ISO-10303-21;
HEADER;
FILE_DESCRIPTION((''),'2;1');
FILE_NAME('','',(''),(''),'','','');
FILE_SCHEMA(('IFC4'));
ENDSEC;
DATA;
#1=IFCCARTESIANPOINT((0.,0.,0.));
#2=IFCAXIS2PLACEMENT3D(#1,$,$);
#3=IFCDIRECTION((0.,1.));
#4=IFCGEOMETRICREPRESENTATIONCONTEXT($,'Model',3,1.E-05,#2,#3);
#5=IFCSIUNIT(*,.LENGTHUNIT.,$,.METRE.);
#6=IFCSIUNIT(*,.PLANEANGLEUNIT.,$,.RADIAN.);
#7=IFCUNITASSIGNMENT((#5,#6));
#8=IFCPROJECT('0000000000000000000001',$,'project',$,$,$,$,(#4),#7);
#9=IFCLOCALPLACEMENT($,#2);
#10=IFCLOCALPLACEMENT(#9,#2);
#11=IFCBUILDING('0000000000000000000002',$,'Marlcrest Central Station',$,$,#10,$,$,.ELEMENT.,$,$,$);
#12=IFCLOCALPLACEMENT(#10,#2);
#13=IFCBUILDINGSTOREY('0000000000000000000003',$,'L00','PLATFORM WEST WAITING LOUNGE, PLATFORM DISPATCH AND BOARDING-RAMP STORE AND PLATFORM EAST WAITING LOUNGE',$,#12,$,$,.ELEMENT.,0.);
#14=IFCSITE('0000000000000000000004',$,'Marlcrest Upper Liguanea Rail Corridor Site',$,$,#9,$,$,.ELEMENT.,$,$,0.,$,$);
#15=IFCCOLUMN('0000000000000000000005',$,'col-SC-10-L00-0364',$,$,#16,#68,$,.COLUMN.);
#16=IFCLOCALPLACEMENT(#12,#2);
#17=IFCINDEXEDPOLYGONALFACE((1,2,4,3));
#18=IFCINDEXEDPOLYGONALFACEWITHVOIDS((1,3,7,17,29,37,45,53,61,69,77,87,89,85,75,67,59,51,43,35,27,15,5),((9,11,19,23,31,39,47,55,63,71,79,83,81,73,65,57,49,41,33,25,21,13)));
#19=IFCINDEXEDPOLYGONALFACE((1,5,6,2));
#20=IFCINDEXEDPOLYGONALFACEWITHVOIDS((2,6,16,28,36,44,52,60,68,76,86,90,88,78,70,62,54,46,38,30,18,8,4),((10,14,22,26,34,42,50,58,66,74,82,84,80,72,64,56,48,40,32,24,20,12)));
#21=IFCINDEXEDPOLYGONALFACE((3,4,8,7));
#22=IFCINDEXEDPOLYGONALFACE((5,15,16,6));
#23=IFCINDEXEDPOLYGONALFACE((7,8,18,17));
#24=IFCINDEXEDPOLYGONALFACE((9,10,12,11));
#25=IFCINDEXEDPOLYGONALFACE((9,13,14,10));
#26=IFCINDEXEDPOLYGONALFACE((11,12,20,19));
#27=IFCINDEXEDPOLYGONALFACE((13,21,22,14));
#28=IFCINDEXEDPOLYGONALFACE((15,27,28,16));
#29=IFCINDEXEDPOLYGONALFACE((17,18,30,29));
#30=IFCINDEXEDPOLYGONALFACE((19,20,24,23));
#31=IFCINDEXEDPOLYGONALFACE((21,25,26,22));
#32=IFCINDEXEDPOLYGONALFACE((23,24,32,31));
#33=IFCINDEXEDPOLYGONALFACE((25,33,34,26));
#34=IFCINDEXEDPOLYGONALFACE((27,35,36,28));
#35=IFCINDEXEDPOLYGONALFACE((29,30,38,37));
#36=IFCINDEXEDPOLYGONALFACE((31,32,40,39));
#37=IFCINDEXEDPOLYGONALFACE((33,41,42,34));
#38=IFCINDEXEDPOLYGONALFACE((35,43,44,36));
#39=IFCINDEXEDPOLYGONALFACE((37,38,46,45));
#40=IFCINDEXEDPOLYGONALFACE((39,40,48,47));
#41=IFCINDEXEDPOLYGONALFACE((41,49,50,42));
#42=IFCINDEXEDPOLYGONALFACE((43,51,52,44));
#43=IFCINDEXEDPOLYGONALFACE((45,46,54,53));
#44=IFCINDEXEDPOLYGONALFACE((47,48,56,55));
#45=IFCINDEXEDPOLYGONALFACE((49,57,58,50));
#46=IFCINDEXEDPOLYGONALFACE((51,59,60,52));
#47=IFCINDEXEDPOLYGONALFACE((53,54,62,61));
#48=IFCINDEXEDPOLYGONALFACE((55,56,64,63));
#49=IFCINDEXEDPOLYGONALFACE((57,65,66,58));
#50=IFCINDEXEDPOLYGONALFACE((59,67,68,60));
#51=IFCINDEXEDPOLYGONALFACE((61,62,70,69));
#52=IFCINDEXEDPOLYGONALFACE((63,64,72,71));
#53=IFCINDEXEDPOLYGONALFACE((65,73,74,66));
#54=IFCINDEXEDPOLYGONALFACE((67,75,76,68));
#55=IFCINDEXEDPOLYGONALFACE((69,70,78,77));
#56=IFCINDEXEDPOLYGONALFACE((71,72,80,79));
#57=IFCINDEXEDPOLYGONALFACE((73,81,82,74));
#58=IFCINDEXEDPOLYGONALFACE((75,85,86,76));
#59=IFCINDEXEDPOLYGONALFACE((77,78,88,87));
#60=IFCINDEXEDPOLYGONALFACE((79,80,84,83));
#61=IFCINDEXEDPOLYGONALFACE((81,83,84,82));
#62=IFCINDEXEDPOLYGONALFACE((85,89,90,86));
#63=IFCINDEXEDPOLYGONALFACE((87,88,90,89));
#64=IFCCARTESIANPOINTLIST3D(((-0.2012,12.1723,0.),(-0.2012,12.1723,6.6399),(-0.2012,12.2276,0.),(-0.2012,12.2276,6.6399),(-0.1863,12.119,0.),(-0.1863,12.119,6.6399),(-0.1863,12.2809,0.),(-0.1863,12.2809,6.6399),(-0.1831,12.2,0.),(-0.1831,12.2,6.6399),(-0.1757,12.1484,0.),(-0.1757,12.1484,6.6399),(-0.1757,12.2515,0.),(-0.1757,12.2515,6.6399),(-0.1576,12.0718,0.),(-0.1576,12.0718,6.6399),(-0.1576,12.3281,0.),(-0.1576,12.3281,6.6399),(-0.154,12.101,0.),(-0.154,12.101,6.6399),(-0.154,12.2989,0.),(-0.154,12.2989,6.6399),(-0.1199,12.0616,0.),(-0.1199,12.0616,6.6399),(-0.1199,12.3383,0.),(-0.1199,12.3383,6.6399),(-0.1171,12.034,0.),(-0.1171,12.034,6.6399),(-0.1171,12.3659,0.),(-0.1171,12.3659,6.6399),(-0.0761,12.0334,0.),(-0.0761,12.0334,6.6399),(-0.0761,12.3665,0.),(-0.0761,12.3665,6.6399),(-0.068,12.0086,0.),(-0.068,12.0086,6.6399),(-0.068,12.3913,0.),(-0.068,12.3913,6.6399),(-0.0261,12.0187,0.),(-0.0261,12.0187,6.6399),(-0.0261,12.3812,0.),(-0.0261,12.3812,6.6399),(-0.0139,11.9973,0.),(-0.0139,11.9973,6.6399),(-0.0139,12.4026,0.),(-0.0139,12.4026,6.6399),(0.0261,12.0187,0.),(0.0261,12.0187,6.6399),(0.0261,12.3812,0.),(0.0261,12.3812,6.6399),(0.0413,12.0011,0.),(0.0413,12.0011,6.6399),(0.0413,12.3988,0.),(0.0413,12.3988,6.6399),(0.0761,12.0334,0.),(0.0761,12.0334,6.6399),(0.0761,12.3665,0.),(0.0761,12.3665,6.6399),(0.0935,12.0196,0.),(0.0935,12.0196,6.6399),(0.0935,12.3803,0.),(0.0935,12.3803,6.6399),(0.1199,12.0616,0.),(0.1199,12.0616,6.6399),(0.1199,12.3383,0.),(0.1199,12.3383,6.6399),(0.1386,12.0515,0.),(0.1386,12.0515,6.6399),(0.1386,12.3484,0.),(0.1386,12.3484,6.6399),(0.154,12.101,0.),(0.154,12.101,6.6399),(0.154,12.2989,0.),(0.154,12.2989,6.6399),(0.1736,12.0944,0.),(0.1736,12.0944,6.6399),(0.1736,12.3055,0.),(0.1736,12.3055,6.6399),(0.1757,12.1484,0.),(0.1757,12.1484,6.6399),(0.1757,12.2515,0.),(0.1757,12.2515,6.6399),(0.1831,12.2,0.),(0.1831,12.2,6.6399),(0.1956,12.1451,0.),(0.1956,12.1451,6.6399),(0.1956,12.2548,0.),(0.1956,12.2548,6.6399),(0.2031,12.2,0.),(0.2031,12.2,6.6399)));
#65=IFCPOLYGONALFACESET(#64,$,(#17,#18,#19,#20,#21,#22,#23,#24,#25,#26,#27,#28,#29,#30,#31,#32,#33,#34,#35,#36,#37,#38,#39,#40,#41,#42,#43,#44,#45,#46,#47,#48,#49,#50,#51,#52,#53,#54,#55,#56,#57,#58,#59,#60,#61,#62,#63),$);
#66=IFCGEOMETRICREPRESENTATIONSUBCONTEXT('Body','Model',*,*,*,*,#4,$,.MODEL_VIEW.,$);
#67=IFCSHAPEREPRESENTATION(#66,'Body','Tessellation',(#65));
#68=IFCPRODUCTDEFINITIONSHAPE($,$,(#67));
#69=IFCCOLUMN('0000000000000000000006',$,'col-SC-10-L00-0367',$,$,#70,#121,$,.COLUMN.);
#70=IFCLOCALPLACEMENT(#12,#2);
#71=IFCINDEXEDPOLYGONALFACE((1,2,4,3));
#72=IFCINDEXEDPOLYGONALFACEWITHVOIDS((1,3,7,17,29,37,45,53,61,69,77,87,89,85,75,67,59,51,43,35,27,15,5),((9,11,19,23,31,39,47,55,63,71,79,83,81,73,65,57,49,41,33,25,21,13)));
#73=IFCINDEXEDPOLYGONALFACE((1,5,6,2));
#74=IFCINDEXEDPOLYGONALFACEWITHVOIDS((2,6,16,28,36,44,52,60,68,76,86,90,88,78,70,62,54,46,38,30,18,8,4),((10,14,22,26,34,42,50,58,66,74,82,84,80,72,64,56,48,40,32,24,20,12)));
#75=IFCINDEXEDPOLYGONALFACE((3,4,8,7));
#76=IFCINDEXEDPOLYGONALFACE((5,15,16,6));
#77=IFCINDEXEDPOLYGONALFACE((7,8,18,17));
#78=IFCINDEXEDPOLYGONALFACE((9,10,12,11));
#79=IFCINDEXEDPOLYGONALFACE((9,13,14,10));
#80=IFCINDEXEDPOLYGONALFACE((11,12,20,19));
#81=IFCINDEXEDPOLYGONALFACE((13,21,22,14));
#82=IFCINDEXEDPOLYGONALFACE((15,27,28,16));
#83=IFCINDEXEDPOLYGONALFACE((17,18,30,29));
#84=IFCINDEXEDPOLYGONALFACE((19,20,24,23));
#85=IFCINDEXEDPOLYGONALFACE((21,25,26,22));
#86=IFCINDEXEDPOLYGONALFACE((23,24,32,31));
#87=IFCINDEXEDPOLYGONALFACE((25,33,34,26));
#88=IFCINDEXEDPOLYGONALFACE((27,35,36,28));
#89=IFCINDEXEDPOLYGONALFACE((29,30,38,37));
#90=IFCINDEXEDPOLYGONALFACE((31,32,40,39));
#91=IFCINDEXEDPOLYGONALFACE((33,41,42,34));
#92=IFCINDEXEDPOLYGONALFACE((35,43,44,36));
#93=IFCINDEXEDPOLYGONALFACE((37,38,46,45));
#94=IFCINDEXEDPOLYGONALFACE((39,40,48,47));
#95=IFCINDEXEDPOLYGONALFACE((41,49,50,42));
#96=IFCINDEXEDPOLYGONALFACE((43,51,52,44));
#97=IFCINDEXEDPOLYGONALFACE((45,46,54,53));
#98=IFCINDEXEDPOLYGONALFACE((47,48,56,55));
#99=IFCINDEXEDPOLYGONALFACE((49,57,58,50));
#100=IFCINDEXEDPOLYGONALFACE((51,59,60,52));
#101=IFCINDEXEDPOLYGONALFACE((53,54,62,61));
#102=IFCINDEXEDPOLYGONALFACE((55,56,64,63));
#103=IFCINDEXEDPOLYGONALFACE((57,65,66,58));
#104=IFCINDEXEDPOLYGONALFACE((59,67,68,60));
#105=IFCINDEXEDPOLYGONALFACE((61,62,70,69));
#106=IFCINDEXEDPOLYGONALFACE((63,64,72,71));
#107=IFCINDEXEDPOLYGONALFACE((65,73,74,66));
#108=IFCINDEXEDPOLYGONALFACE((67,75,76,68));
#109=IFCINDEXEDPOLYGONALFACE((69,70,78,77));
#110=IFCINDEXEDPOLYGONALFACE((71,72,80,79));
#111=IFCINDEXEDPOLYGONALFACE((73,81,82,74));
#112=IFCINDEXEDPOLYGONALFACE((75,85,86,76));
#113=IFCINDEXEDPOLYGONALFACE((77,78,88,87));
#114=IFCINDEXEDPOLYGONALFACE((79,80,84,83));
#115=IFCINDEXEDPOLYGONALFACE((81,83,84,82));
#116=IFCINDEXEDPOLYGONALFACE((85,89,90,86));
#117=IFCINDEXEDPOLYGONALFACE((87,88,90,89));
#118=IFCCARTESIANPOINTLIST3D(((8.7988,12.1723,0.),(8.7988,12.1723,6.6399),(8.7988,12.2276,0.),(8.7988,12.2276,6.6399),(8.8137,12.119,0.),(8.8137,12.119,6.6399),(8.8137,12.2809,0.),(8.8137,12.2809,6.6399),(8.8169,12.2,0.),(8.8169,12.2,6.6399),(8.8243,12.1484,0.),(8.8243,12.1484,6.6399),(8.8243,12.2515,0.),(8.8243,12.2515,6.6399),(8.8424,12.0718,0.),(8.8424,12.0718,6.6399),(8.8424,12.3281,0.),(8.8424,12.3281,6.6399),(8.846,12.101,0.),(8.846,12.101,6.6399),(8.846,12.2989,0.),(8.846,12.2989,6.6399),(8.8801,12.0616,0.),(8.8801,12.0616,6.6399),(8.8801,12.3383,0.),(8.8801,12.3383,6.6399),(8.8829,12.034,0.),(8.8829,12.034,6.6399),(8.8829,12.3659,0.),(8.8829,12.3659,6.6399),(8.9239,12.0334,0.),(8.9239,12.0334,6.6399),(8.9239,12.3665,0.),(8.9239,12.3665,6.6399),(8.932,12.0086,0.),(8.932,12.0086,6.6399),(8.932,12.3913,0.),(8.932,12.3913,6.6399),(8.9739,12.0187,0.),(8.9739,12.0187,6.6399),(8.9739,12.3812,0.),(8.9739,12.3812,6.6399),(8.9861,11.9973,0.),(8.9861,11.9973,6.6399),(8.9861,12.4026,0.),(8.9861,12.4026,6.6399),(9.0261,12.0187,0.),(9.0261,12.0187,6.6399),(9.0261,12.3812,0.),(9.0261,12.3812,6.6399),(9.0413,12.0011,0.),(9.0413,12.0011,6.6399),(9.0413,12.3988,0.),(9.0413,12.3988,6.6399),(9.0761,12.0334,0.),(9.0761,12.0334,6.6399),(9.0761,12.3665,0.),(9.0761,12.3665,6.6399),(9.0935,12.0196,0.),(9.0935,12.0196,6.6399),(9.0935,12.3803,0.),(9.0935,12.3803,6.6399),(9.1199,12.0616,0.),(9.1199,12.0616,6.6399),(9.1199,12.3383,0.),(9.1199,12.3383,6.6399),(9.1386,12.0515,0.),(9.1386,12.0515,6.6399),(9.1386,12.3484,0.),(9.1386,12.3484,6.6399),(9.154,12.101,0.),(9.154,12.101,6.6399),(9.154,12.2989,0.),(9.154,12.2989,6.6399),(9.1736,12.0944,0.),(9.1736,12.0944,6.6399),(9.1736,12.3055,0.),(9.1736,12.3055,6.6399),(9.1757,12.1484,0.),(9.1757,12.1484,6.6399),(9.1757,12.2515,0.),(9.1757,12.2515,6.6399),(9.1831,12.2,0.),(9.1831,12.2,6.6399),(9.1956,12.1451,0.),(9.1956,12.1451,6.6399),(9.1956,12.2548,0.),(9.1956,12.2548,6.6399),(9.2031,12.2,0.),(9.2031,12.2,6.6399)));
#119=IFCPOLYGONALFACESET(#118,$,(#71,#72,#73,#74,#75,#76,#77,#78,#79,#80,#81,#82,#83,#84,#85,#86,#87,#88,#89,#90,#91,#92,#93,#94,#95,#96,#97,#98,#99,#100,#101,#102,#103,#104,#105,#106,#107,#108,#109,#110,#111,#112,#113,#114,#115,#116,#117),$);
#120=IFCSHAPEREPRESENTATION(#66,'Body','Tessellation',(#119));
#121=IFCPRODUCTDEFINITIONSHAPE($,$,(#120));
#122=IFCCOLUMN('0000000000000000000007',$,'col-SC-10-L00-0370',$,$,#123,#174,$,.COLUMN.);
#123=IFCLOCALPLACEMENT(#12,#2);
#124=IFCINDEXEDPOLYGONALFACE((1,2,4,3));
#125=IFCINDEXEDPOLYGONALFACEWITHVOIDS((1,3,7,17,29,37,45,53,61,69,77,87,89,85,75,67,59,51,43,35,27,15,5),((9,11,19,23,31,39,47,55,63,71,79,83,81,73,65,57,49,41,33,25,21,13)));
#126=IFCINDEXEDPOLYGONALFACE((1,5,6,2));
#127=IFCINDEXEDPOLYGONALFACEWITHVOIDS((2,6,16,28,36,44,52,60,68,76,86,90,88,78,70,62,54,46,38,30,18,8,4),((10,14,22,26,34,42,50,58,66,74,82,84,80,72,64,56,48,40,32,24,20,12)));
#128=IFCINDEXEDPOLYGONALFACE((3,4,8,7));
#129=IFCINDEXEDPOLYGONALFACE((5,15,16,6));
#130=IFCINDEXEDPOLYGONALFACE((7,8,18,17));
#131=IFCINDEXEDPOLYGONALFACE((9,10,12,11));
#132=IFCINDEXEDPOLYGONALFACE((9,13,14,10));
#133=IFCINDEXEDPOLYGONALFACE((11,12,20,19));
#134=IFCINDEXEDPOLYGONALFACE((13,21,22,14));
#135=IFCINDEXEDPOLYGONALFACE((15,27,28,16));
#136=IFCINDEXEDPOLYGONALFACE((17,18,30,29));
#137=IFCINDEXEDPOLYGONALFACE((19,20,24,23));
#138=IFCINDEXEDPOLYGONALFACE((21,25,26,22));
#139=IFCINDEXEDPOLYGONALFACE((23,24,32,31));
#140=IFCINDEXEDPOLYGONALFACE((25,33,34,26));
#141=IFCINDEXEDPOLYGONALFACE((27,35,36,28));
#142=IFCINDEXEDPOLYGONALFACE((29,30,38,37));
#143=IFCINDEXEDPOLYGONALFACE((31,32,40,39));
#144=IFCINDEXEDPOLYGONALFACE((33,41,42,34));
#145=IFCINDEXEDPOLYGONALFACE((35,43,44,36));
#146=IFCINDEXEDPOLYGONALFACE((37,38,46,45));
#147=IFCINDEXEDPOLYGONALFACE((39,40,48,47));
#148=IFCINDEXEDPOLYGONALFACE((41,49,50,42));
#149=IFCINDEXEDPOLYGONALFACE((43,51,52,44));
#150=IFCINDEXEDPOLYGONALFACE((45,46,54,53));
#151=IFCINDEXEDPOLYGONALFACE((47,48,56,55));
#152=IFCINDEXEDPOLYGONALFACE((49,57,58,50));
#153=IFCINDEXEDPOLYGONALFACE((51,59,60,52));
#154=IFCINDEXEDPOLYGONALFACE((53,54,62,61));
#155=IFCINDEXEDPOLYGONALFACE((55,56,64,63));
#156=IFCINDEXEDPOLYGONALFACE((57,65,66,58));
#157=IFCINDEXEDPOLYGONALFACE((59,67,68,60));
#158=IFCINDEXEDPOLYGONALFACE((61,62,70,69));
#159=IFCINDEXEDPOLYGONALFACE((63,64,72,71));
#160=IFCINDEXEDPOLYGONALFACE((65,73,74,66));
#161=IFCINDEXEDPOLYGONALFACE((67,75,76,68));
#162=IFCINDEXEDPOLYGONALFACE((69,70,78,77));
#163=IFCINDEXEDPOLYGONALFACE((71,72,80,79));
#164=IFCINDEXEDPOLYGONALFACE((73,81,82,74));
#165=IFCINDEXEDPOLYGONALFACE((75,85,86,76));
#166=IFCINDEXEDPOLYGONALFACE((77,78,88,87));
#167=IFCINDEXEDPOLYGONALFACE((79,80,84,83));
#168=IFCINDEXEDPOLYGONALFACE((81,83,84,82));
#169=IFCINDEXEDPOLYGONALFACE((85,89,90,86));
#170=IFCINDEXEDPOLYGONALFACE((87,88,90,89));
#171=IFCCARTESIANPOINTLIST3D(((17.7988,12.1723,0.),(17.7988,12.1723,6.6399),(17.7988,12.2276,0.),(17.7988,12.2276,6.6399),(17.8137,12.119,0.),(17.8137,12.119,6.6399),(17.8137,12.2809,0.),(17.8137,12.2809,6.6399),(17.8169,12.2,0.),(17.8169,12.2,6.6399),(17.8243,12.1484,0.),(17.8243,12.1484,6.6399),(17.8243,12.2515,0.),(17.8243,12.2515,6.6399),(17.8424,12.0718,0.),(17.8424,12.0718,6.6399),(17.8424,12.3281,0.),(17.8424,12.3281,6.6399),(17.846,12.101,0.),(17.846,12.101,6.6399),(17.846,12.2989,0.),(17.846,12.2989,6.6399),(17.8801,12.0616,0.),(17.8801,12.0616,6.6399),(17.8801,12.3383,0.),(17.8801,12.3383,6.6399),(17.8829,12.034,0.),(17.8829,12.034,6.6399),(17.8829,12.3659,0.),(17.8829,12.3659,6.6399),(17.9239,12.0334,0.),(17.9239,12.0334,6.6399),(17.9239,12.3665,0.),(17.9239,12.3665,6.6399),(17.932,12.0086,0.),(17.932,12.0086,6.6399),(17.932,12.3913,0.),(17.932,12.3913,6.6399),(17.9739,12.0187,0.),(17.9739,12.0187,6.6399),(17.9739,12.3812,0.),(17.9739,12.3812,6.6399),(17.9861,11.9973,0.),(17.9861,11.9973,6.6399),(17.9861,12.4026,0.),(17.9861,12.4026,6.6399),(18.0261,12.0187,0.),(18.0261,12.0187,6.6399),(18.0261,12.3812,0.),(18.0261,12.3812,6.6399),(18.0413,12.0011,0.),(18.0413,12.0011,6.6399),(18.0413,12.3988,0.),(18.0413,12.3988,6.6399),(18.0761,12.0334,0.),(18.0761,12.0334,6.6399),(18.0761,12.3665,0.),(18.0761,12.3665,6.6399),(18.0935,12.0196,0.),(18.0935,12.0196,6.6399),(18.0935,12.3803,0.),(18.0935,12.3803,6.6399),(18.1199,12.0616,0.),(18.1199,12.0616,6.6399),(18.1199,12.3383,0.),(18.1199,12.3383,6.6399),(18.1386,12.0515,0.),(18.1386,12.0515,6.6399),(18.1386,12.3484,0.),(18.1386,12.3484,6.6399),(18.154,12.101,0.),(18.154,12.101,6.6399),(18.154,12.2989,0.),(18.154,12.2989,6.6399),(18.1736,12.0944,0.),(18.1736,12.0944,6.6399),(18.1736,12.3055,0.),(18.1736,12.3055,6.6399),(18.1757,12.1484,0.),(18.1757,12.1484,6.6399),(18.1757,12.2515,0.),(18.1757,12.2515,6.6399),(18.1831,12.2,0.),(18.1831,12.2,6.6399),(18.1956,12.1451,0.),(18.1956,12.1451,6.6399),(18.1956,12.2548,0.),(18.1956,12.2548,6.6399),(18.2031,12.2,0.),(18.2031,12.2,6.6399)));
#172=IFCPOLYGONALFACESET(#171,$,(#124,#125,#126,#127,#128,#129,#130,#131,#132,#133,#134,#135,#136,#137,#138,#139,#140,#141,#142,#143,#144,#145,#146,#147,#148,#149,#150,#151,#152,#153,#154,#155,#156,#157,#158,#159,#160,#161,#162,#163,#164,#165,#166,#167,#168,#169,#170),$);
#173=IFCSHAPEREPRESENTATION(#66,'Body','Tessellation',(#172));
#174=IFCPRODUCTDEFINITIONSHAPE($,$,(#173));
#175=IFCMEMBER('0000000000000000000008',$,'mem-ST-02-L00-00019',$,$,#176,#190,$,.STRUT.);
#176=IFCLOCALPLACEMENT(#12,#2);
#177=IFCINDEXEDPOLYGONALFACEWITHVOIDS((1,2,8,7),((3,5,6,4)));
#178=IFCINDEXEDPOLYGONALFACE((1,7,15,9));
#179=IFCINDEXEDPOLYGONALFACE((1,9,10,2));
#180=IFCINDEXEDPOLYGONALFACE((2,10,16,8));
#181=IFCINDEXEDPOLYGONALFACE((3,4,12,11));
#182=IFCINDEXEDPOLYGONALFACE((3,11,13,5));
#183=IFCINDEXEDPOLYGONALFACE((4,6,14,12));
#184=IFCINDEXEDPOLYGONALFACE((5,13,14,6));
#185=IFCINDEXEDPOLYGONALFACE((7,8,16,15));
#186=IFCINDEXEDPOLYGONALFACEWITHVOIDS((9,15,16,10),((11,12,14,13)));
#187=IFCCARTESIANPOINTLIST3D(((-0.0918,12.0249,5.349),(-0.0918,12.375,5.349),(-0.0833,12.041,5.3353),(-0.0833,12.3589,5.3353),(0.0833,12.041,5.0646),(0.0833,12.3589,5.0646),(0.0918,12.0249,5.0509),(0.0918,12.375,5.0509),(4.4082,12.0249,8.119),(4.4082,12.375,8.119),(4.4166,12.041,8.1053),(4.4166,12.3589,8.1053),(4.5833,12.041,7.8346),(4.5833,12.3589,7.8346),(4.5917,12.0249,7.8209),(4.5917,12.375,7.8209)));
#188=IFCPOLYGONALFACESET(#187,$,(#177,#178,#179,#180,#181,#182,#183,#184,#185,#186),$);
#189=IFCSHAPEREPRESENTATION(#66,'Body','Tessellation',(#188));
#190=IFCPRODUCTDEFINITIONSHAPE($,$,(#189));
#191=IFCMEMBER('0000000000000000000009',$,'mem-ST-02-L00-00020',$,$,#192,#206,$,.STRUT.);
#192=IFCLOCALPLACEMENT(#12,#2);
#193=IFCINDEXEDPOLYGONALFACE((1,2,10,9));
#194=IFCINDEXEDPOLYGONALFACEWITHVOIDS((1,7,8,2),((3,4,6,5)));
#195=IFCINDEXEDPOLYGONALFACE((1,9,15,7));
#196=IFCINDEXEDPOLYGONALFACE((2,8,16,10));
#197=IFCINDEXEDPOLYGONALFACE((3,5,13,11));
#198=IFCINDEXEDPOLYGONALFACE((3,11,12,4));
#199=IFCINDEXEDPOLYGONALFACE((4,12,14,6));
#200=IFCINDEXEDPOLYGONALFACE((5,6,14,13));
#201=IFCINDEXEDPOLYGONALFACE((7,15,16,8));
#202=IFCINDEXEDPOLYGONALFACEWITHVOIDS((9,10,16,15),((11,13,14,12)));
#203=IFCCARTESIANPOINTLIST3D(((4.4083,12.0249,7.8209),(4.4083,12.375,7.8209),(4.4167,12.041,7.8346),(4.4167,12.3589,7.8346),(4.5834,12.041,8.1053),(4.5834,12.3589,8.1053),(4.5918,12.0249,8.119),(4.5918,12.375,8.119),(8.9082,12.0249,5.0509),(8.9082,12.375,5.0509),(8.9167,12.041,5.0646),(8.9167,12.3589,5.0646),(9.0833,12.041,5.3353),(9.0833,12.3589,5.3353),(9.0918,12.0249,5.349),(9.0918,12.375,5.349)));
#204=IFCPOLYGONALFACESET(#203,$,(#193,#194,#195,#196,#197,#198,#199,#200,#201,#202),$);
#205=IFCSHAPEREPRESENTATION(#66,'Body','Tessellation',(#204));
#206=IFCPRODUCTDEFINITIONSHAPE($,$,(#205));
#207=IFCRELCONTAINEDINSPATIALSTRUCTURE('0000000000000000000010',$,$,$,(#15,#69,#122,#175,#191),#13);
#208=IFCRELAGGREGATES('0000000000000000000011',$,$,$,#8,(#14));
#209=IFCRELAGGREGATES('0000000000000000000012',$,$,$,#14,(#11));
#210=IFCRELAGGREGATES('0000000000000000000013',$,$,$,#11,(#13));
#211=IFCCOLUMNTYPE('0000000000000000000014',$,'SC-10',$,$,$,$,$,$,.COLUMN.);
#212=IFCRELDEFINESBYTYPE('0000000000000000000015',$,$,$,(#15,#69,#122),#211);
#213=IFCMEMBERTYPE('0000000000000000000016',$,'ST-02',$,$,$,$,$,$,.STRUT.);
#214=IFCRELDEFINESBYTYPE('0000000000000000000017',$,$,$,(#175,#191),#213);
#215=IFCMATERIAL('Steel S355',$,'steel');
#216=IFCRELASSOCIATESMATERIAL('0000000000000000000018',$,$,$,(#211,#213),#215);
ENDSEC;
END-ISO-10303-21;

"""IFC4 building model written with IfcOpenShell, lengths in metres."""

from ifc_helpers import new_model, si_unit, direction, frame, origin, origin_2d, place, context, subcontext, project, spatial, hollow_rectangle, hollow_circle, extrude, material, material_profile, profile_set, type_object, element, save


model = new_model("IFC4")

# Units and contexts
model_context = context("Model", 3, precision=1e-05, world=origin(), true_north=direction((0.0, 1.0)))
body_context = subcontext(model_context, "Body", "Model", "MODEL_VIEW")
ifc_project = project(units=[si_unit("LENGTHUNIT", "METRE"), si_unit("PLANEANGLEUNIT", "RADIAN")], contexts=[model_context])

# Site, building, storey
site_placement = place(None, origin())
site = spatial("IfcSite", under=ifc_project, at=site_placement, Name="Marlcrest Upper Liguanea Rail Corridor Site", CompositionType="ELEMENT", RefElevation=0.0)
building_placement = place(site_placement, origin())
building = spatial("IfcBuilding", under=site, at=building_placement, Name="Marlcrest Central Station", CompositionType="ELEMENT")
storey_placement = place(building_placement, origin())
storey = spatial("IfcBuildingStorey", under=building, at=storey_placement, Name="L00", Description="PLATFORM WEST WAITING LOUNGE, PLATFORM DISPATCH AND BOARDING-RAMP STORE AND PLATFORM EAST WAITING LOUNGE", CompositionType="ELEMENT", Elevation=0.0)

# Columns
ifc_material_1 = material(Name="Steel S355", Category="steel")
ifc_material_profile_1 = material_profile(ifc_material_1, hollow_circle(Radius=0.2031, WallThickness=0.02, at=origin_2d()), Name="CHS 406.4x20")
ifc_profile_set_1 = profile_set([ifc_material_profile_1], Name="Steel S355")
column_type = type_object("IfcColumnType", Name="SC-10", PredefinedType="COLUMN", material=ifc_profile_set_1)
for number, where, z_axis, x_axis, name in (
    (1, (0.0, 12.2, 0.0), (0.0, 0.0, 1.0), (1.0, 0.0, 0.0), "col-SC-10-L00-0364"),
    (2, (9.0, 12.2, 0.0), (0.0, 0.0, 1.0), (1.0, 0.0, 0.0), "col-SC-10-L00-0367"),
    (3, (18.0, 12.2, 0.0), (0.0, 0.0, 1.0), (1.0, 0.0, 0.0), "col-SC-10-L00-0370"),
):
    element("IfcColumn", number, at=place(storey_placement, frame(where, z_axis=z_axis, x_axis=x_axis)), inside=storey, type_object=column_type, Name=name, PredefinedType="COLUMN", context=body_context, shape_type="SweptSolid", body=[
        extrude(hollow_circle(Radius=0.2031, WallThickness=0.02, at=origin_2d()), origin(), (0.0, 0.0, 1.0), 6.6399),
    ])

# Members
ifc_material_profile_2 = material_profile(ifc_material_1, hollow_rectangle(XDim=0.3501, YDim=0.3501, WallThickness=0.0161, at=origin_2d()), Name="SHS 350x350x16")
ifc_profile_set_2 = profile_set([ifc_material_profile_2], Name="Steel S355")
member_type = type_object("IfcMemberType", Name="ST-02", PredefinedType="STRUT", material=ifc_profile_set_2)
for number, where, z_axis, x_axis, name in (
    (4, (0.0, 12.2, 5.2), (0.851592, 0.0, 0.524206), (0.0, 1.0, 0.0), "mem-ST-02-L00-00019"),
    (5, (9.0, 12.2, 5.2), (-0.851592, 0.0, 0.524206), (0.0, -1.0, 0.0), "mem-ST-02-L00-00020"),
):
    element("IfcMember", number, at=place(storey_placement, frame(where, z_axis=z_axis, x_axis=x_axis)), inside=storey, type_object=member_type, Name=name, PredefinedType="STRUT", context=body_context, shape_type="SweptSolid", body=[
        extrude(hollow_rectangle(XDim=0.3501, YDim=0.3501, WallThickness=0.0161, at=origin_2d()), origin(), (0.0, 0.0, 1.0), 5.2842),
    ])

save(model, "model.ifc")
